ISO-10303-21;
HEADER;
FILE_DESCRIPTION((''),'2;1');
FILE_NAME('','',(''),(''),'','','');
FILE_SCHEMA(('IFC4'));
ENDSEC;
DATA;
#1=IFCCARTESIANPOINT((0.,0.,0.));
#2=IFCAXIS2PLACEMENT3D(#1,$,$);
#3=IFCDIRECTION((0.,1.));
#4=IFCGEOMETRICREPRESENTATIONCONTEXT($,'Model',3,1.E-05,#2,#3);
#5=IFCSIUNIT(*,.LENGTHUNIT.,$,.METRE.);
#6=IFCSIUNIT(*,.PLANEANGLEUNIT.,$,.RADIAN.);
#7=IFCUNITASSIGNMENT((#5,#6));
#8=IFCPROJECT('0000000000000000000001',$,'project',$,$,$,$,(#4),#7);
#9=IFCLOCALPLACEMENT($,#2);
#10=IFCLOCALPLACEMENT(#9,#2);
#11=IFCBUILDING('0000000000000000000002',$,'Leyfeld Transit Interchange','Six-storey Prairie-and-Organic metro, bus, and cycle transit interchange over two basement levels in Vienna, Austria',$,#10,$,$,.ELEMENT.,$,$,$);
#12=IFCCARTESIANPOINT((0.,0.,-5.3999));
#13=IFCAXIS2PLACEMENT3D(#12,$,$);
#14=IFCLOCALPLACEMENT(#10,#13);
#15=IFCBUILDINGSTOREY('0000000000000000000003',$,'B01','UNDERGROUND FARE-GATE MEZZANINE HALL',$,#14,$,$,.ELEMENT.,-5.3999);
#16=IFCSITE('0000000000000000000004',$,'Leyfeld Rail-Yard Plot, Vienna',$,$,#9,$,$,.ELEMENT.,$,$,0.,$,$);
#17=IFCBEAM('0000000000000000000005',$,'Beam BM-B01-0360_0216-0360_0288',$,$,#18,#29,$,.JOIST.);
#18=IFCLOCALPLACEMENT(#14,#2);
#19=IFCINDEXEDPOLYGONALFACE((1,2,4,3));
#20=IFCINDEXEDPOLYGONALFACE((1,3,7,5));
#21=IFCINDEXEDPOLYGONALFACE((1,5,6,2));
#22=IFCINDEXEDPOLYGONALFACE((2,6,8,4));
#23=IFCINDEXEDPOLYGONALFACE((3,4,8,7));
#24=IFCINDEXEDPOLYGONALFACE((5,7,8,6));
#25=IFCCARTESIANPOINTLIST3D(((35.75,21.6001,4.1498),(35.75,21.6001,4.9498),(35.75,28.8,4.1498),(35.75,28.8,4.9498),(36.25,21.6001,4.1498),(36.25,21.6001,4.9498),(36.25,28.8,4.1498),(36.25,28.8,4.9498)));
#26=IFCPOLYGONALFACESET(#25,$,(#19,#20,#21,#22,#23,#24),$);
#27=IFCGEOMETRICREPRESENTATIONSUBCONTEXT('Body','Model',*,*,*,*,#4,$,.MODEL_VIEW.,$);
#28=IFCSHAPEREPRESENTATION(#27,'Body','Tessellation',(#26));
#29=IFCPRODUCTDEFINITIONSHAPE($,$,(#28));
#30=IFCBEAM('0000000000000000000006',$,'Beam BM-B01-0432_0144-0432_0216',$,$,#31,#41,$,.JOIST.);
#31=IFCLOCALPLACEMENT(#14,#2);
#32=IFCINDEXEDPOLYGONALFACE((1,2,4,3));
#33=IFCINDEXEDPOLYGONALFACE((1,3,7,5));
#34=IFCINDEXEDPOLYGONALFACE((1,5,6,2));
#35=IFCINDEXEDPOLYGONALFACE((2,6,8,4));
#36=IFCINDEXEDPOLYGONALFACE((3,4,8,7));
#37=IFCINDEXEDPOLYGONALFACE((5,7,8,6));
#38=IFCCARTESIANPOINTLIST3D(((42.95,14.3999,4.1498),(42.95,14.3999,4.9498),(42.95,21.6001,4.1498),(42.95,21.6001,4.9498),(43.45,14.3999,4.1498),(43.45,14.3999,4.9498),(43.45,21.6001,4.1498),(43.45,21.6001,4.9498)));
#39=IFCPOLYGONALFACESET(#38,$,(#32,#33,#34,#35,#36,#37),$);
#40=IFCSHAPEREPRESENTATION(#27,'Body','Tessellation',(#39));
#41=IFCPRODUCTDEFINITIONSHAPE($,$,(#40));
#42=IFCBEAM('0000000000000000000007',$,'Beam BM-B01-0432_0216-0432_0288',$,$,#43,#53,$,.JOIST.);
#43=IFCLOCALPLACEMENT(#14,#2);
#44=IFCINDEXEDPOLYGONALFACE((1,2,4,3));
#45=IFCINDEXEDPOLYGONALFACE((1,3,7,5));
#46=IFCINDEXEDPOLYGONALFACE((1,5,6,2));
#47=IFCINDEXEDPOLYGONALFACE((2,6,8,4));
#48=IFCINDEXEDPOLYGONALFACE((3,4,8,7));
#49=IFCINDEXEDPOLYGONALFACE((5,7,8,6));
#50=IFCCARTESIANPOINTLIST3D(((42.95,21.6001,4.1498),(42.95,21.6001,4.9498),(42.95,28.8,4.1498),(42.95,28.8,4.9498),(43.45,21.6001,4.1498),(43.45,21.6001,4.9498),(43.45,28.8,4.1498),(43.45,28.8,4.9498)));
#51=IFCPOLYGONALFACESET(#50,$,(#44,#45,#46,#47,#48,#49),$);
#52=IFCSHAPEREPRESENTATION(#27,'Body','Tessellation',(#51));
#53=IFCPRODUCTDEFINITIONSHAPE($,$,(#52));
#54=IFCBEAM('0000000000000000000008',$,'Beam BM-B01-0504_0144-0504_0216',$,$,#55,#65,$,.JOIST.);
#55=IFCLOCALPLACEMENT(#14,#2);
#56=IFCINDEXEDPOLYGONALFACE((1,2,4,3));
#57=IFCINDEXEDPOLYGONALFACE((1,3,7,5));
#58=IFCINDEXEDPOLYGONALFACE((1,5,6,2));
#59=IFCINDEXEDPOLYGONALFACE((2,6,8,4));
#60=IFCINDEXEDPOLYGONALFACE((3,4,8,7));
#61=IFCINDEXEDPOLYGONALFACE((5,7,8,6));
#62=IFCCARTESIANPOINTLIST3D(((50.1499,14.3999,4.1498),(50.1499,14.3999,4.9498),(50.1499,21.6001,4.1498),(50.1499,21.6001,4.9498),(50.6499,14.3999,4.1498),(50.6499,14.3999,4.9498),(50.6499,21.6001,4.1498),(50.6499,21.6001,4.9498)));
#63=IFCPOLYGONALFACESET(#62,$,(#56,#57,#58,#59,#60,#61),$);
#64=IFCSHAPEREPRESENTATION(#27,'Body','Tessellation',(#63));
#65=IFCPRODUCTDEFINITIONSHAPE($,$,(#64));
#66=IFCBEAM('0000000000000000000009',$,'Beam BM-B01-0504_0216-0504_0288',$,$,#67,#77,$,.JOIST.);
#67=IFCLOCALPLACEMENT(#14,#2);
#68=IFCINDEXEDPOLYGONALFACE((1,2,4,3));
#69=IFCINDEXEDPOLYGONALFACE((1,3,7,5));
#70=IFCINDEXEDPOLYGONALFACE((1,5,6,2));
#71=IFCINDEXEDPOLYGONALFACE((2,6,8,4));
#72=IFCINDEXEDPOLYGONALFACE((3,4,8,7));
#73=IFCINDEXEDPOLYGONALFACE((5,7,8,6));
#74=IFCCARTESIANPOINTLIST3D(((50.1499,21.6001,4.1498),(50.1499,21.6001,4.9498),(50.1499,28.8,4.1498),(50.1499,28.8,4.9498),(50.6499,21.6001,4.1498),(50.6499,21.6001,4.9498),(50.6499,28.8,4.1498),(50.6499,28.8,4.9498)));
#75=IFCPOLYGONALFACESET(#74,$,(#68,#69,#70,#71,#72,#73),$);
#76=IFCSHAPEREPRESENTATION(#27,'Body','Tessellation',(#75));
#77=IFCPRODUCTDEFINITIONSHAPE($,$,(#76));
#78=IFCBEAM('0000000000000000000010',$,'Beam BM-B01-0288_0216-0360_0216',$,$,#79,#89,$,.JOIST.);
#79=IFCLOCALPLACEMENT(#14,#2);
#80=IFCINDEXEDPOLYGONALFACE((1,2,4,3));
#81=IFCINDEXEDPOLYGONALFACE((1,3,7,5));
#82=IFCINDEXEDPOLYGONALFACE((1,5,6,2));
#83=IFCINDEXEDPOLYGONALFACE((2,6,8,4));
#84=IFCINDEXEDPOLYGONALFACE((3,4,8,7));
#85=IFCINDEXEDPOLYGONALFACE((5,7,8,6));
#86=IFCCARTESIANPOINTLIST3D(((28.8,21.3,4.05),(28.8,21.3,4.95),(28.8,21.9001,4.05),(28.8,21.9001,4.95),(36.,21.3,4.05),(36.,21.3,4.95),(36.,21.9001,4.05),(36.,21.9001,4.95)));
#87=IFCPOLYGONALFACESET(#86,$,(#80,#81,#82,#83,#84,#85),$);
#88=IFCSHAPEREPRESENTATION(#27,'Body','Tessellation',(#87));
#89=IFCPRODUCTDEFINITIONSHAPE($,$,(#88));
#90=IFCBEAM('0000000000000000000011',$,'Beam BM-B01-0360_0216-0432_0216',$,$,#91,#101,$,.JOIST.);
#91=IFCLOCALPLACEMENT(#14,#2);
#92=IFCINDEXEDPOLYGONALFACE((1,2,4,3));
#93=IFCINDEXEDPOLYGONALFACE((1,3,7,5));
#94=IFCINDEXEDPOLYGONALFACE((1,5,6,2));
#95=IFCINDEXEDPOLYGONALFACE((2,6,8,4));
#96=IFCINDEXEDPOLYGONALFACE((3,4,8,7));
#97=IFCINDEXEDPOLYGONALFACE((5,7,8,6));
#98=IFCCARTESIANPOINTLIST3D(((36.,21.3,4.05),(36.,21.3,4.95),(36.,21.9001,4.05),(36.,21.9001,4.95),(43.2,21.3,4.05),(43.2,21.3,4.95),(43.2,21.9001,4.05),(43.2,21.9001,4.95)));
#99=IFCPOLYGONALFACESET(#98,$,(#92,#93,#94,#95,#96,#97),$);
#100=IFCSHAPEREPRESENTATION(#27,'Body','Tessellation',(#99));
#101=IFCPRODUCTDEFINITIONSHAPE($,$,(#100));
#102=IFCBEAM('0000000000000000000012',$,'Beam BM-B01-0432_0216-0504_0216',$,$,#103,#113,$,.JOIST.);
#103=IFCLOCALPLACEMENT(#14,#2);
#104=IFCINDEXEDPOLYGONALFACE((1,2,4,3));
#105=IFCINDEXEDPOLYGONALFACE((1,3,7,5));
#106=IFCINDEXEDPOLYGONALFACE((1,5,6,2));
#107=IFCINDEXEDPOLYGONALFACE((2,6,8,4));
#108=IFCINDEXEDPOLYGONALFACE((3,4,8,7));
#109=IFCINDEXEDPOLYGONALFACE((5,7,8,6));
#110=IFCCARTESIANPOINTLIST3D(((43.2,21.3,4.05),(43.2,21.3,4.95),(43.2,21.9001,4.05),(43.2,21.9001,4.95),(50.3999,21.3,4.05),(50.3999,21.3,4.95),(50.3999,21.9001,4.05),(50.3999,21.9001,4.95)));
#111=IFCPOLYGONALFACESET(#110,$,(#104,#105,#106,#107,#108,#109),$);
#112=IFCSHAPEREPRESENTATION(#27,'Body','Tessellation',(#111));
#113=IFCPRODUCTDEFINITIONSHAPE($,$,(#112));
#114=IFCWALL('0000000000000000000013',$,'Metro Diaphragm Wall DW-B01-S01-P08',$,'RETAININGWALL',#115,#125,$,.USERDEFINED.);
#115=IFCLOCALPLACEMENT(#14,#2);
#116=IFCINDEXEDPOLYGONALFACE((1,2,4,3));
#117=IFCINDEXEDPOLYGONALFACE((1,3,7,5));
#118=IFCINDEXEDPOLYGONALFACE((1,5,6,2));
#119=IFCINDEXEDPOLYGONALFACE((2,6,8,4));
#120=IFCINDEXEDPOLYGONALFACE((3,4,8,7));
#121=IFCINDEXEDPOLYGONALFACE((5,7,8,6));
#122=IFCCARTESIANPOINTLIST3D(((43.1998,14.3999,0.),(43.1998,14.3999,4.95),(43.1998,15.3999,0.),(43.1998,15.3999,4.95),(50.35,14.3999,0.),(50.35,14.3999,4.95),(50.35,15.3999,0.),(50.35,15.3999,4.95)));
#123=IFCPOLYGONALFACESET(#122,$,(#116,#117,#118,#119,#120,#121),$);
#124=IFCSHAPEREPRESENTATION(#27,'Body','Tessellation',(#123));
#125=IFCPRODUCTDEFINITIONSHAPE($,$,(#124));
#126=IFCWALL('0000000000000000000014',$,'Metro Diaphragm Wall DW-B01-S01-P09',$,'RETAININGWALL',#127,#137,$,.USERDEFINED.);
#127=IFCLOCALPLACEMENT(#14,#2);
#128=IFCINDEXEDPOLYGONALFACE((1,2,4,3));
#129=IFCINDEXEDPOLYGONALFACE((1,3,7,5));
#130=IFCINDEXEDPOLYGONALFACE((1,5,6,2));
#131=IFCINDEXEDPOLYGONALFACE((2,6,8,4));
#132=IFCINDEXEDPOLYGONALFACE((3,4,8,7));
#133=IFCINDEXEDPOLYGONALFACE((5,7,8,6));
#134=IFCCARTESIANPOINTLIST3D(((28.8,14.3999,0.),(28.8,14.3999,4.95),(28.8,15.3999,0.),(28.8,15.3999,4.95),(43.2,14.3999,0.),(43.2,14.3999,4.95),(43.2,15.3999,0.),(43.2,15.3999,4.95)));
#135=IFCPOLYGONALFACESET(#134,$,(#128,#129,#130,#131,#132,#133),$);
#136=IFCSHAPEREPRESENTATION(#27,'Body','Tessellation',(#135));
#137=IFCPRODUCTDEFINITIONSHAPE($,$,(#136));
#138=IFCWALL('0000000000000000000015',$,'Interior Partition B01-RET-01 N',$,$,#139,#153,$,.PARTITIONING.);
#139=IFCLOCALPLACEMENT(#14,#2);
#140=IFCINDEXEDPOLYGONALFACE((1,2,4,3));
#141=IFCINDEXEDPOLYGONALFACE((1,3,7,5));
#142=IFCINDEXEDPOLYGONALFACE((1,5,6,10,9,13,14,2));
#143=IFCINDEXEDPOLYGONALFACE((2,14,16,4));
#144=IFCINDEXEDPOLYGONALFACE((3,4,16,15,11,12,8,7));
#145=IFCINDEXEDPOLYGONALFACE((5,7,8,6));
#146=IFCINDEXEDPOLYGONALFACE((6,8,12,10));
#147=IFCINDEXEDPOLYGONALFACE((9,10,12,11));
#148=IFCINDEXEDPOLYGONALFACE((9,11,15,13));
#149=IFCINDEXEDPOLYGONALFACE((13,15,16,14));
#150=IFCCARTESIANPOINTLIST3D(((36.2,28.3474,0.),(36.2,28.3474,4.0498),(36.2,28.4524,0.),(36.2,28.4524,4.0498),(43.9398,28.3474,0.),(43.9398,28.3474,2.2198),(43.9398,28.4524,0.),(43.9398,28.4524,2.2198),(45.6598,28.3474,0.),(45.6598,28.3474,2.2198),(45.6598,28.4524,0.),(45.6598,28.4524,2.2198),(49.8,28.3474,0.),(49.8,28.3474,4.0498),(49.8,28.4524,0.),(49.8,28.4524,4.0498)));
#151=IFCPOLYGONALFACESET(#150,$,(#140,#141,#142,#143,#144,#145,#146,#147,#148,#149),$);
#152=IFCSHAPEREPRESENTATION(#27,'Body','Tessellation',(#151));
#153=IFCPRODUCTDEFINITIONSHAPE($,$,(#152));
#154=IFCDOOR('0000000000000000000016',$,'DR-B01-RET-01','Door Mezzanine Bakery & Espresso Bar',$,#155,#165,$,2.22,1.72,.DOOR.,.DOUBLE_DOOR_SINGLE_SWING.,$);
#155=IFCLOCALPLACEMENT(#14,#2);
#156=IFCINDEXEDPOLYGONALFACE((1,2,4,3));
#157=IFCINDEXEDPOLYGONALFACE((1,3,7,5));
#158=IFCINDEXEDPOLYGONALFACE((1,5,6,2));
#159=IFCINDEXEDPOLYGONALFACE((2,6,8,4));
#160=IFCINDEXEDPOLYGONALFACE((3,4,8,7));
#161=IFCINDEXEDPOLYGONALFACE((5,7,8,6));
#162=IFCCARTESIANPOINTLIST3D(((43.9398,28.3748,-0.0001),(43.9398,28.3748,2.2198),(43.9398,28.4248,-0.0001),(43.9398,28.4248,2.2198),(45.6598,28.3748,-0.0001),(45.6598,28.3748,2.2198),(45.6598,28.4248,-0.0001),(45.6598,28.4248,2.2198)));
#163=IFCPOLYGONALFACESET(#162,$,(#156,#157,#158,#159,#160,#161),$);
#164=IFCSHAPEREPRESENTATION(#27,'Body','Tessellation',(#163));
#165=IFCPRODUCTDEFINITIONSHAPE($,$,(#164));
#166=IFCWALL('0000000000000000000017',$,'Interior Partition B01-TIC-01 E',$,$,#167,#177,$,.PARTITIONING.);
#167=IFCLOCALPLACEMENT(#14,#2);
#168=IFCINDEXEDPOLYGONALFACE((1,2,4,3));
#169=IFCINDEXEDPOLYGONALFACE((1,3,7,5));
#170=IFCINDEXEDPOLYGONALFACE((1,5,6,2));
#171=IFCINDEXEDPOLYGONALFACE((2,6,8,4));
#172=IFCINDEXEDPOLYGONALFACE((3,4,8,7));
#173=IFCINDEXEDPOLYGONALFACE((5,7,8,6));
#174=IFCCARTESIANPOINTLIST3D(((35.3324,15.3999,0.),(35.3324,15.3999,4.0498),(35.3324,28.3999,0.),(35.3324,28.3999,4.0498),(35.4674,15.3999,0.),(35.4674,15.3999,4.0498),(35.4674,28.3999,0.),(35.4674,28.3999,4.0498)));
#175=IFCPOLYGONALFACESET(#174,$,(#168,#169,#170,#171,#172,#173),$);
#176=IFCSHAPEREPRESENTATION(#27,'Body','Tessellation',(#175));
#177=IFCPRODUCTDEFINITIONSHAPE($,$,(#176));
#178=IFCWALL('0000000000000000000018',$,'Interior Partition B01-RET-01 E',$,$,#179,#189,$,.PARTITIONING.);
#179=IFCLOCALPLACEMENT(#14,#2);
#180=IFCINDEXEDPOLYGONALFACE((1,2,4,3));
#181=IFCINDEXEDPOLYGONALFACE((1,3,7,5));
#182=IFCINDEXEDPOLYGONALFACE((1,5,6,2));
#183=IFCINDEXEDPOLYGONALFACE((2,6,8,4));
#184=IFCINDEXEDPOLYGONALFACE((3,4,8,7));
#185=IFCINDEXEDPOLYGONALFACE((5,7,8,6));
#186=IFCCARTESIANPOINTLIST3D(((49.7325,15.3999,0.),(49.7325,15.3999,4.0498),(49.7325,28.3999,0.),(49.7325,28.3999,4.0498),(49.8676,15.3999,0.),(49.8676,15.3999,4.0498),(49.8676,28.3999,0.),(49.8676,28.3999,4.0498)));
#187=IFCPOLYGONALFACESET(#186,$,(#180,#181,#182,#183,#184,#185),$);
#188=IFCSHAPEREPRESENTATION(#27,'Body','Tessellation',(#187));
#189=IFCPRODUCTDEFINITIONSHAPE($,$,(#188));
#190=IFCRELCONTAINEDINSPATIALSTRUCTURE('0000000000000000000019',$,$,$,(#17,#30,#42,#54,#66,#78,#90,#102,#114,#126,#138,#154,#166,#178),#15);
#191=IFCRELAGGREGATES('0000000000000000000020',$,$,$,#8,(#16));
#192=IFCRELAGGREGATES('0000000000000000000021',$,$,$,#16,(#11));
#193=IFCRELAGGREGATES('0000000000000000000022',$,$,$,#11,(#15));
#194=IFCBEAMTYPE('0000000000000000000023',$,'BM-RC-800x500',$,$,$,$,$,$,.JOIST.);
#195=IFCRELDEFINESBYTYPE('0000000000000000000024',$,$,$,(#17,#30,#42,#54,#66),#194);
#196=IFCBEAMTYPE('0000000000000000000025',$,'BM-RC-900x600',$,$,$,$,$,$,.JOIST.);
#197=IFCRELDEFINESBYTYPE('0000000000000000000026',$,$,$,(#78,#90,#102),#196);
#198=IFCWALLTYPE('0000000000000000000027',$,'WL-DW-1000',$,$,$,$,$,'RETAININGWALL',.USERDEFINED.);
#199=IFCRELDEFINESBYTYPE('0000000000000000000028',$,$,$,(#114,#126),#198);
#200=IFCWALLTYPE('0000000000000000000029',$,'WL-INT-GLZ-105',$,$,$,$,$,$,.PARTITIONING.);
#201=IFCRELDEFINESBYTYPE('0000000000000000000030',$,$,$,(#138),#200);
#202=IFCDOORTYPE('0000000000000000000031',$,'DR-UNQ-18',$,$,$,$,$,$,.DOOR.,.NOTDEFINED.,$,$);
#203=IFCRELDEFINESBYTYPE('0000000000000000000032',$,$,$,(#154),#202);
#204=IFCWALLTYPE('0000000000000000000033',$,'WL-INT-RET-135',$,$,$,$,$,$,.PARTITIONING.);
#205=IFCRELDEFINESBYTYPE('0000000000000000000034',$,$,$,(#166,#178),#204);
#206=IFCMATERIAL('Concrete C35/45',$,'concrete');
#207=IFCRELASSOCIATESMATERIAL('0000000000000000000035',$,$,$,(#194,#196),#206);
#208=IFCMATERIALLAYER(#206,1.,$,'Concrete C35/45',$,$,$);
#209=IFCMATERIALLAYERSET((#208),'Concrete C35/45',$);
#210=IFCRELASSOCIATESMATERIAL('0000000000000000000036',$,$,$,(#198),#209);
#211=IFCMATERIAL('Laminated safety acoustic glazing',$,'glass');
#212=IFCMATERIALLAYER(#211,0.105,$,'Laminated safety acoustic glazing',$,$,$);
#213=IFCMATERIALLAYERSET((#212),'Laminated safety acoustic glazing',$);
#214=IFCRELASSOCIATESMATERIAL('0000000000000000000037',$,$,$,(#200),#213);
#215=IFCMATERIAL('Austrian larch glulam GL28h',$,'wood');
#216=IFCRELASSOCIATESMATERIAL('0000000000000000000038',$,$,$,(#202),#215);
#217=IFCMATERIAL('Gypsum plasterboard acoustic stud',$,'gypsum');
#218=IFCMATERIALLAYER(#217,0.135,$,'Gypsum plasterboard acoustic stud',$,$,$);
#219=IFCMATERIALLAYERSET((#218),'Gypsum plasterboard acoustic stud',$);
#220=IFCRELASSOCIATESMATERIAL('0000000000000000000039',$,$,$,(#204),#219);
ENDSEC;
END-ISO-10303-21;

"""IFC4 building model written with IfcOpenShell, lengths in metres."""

from ifc_helpers import new_model, si_unit, direction, frame, frame_2d, origin, origin_2d, place, context, subcontext, project, spatial, rectangle, extrude, material, layer, layer_set, material_profile, profile_set, type_object, element, fill, save


model = new_model("IFC4")

# Units and contexts
model_context = context("Model", 3, precision=1e-05, world=origin(), true_north=direction((0.0, 1.0)))
body_context = subcontext(model_context, "Body", "Model", "MODEL_VIEW")
ifc_project = project(units=[si_unit("LENGTHUNIT", "METRE"), si_unit("PLANEANGLEUNIT", "RADIAN")], contexts=[model_context])

# Site, building, storey
site_placement = place(None, origin())
site = spatial("IfcSite", under=ifc_project, at=site_placement, Name="Leyfeld Rail-Yard Plot, Vienna", CompositionType="ELEMENT", RefElevation=0.0)
building_placement = place(site_placement, origin())
building = spatial("IfcBuilding", under=site, at=building_placement, Name="Leyfeld Transit Interchange", Description="Six-storey Prairie-and-Organic metro, bus, and cycle transit interchange over two basement levels in Vienna, Austria", CompositionType="ELEMENT")
storey_placement = place(building_placement, frame((0.0, 0.0, -5.3999)))
storey = spatial("IfcBuildingStorey", under=building, at=storey_placement, Name="B01", Description="UNDERGROUND FARE-GATE MEZZANINE HALL", CompositionType="ELEMENT", Elevation=-5.3999)

# Shared definitions
ifc_material_1 = material(Name="Concrete C35/45", Category="concrete")

# Beams
ifc_material_profile_1 = material_profile(ifc_material_1, rectangle(XDim=0.5, YDim=0.8, at=origin_2d()), Name="RC 800x500")
ifc_profile_set_1 = profile_set([ifc_material_profile_1], Name="Concrete C35/45")
beam_type_1 = type_object("IfcBeamType", Name="BM-RC-800x500", PredefinedType="JOIST", material=ifc_profile_set_1)
beam_1_placement = place(storey_placement, frame((36.0, 21.6001, 4.5498), z_axis=(0.0, 1.0, 0.0), x_axis=(-1.0, 0.0, 0.0)))
element("IfcBeam", 1, at=beam_1_placement, inside=storey, type_object=beam_type_1, Name="Beam BM-B01-0360_0216-0360_0288", PredefinedType="JOIST", context=body_context, shape_type="SweptSolid", body=[
    extrude(rectangle(XDim=0.5, YDim=0.8, at=origin_2d()), origin(), (0.0, 0.0, 1.0), 7.2),
])
beam_2_placement = place(storey_placement, frame((43.2, 14.3999, 4.5498), z_axis=(0.0, 1.0, 0.0), x_axis=(-1.0, 0.0, 0.0)))
element("IfcBeam", 2, at=beam_2_placement, inside=storey, type_object=beam_type_1, Name="Beam BM-B01-0432_0144-0432_0216", PredefinedType="JOIST", context=body_context, shape_type="SweptSolid", body=[
    extrude(rectangle(XDim=0.5, YDim=0.8, at=origin_2d()), origin(), (0.0, 0.0, 1.0), 7.2002),
])
beam_3_placement = place(storey_placement, frame((43.2, 21.6001, 4.5498), z_axis=(0.0, 1.0, 0.0), x_axis=(-1.0, 0.0, 0.0)))
element("IfcBeam", 3, at=beam_3_placement, inside=storey, type_object=beam_type_1, Name="Beam BM-B01-0432_0216-0432_0288", PredefinedType="JOIST", context=body_context, shape_type="SweptSolid", body=[
    extrude(rectangle(XDim=0.5, YDim=0.8, at=origin_2d()), origin(), (0.0, 0.0, 1.0), 7.2),
])
beam_4_placement = place(storey_placement, frame((50.3999, 14.3999, 4.5498), z_axis=(0.0, 1.0, 0.0), x_axis=(-1.0, 0.0, 0.0)))
element("IfcBeam", 4, at=beam_4_placement, inside=storey, type_object=beam_type_1, Name="Beam BM-B01-0504_0144-0504_0216", PredefinedType="JOIST", context=body_context, shape_type="SweptSolid", body=[
    extrude(rectangle(XDim=0.5, YDim=0.8, at=origin_2d()), origin(), (0.0, 0.0, 1.0), 7.2002),
])
beam_5_placement = place(storey_placement, frame((50.3999, 21.6001, 4.5498), z_axis=(0.0, 1.0, 0.0), x_axis=(-1.0, 0.0, 0.0)))
element("IfcBeam", 5, at=beam_5_placement, inside=storey, type_object=beam_type_1, Name="Beam BM-B01-0504_0216-0504_0288", PredefinedType="JOIST", context=body_context, shape_type="SweptSolid", body=[
    extrude(rectangle(XDim=0.5, YDim=0.8, at=origin_2d()), origin(), (0.0, 0.0, 1.0), 7.2),
])
ifc_material_profile_2 = material_profile(ifc_material_1, rectangle(XDim=0.6001, YDim=0.8999, at=origin_2d()), Name="RC 900x600")
ifc_profile_set_2 = profile_set([ifc_material_profile_2], Name="Concrete C35/45")
beam_type_2 = type_object("IfcBeamType", Name="BM-RC-900x600", PredefinedType="JOIST", material=ifc_profile_set_2)
for number, where, z_axis, x_axis, name in (
    (6, (28.8, 21.6001, 4.5), (1.0, 0.0, 0.0), (0.0, 1.0, 0.0), "Beam BM-B01-0288_0216-0360_0216"),
    (7, (36.0, 21.6001, 4.5), (1.0, 0.0, 0.0), (0.0, 1.0, 0.0), "Beam BM-B01-0360_0216-0432_0216"),
    (8, (43.2, 21.6001, 4.5), (1.0, 0.0, 0.0), (0.0, 1.0, 0.0), "Beam BM-B01-0432_0216-0504_0216"),
):
    element("IfcBeam", number, at=place(storey_placement, frame(where, z_axis=z_axis, x_axis=x_axis)), inside=storey, type_object=beam_type_2, Name=name, PredefinedType="JOIST", context=body_context, shape_type="SweptSolid", body=[
        extrude(rectangle(XDim=0.6001, YDim=0.8999, at=origin_2d()), origin(), (0.0, 0.0, 1.0), 7.2),
    ])

# Walls
ifc_layer_1 = layer(ifc_material_1, 1.0, Name="Concrete C35/45")
ifc_layer_set_1 = layer_set([ifc_layer_1], Name="Concrete C35/45")
wall_type_1 = type_object("IfcWallType", Name="WL-DW-1000", ElementType="RETAININGWALL", PredefinedType="USERDEFINED", material=ifc_layer_set_1)
wall_1_placement = place(storey_placement, frame((50.3501, 14.8999, 0.0), z_axis=(0.0, 0.0, 1.0), x_axis=(-1.0, 0.0, 0.0)))
element("IfcWall", 9, at=wall_1_placement, inside=storey, type_object=wall_type_1, Name="Metro Diaphragm Wall DW-B01-S01-P08", ObjectType="RETAININGWALL", PredefinedType="USERDEFINED", context=body_context, shape_type="SweptSolid", body=[
    extrude(rectangle(XDim=7.1501, YDim=1.0, at=frame_2d((3.5752, 0.0))), origin(), (0.0, 0.0, 1.0), 4.95),
])
wall_2_placement = place(storey_placement, frame((43.2, 14.8999, 0.0), z_axis=(0.0, 0.0, 1.0), x_axis=(-1.0, 0.0, 0.0)))
element("IfcWall", 10, at=wall_2_placement, inside=storey, type_object=wall_type_1, Name="Metro Diaphragm Wall DW-B01-S01-P09", ObjectType="RETAININGWALL", PredefinedType="USERDEFINED", context=body_context, shape_type="SweptSolid", body=[
    extrude(rectangle(XDim=14.3999, YDim=1.0, at=frame_2d((7.2, 0.0))), origin(), (0.0, 0.0, 1.0), 4.95),
])

# Wall, opening, door
ifc_material_2 = material(Name="Laminated safety acoustic glazing", Category="glass")
ifc_layer_2 = layer(ifc_material_2, 0.105, Name="Laminated safety acoustic glazing")
ifc_layer_set_2 = layer_set([ifc_layer_2], Name="Laminated safety acoustic glazing")
wall_type_2 = type_object("IfcWallType", Name="WL-INT-GLZ-105", PredefinedType="PARTITIONING", material=ifc_layer_set_2)
wall_3_placement = place(storey_placement, frame((36.2, 28.3999, 0.0), z_axis=(0.0, 0.0, 1.0), x_axis=(1.0, 0.0, 0.0)))
wall_3 = element("IfcWall", 11, at=wall_3_placement, inside=storey, type_object=wall_type_2, Name="Interior Partition B01-RET-01 N", PredefinedType="PARTITIONING", context=body_context, shape_type="SweptSolid", body=[
    extrude(rectangle(XDim=13.6001, YDim=0.105, at=frame_2d((6.8, 0.0))), origin(), (0.0, 0.0, 1.0), 4.0498),
])
opening_placement = place(wall_3_placement, frame((7.74, 0.0, 0.0)))
opening = element("IfcOpeningElement", 12, at=opening_placement, cuts=wall_3, PredefinedType="OPENING", context=body_context, shape_type="SweptSolid", body=[
    extrude(rectangle(XDim=1.72, YDim=2.22, at=frame_2d((0.8599, 1.1099))), frame((0.0, 0.0625, 0.0), z_axis=(0.0, -1.0, 0.0), x_axis=(1.0, 0.0, 0.0)), (0.0, 0.0, 1.0), 0.125),
])
ifc_material_3 = material(Name="Austrian larch glulam GL28h", Category="wood")
door_type = type_object("IfcDoorType", Name="DR-UNQ-18", OperationType="NOTDEFINED", PredefinedType="DOOR", material=ifc_material_3)
door_placement = place(opening_placement, origin())
door = element("IfcDoor", 13, at=door_placement, inside=storey, type_object=door_type, Name="DR-B01-RET-01", Description="Door Mezzanine Bakery & Espresso Bar", OperationType="DOUBLE_DOOR_SINGLE_SWING", OverallHeight=2.22, OverallWidth=1.72, PredefinedType="DOOR", context=body_context, shape_type="SweptSolid", body=[
    extrude(rectangle(XDim=1.72, YDim=2.22, at=frame_2d((0.8599, 1.1099))), frame((0.0, 0.0249, 0.0), z_axis=(0.0, -1.0, 0.0), x_axis=(1.0, 0.0, 0.0)), (0.0, 0.0, 1.0), 0.05),
])
fill(opening, door)

# Walls
ifc_material_4 = material(Name="Gypsum plasterboard acoustic stud", Category="gypsum")
ifc_layer_3 = layer(ifc_material_4, 0.135, Name="Gypsum plasterboard acoustic stud")
ifc_layer_set_3 = layer_set([ifc_layer_3], Name="Gypsum plasterboard acoustic stud")
wall_type_3 = type_object("IfcWallType", Name="WL-INT-RET-135", PredefinedType="PARTITIONING", material=ifc_layer_set_3)
for number, where, z_axis, x_axis, name in (
    (14, (35.3999, 28.3999, 0.0), (0.0, 0.0, 1.0), (0.0, -1.0, 0.0), "Interior Partition B01-TIC-01 E"),
    (15, (49.8, 28.3999, 0.0), (0.0, 0.0, 1.0), (0.0, -1.0, 0.0), "Interior Partition B01-RET-01 E"),
):
    element("IfcWall", number, at=place(storey_placement, frame(where, z_axis=z_axis, x_axis=x_axis)), inside=storey, type_object=wall_type_3, Name=name, PredefinedType="PARTITIONING", context=body_context, shape_type="SweptSolid", body=[
        extrude(rectangle(XDim=13.0, YDim=0.135, at=frame_2d((6.5, 0.0))), origin(), (0.0, 0.0, 1.0), 4.0498),
    ])

save(model, "model.ifc")
